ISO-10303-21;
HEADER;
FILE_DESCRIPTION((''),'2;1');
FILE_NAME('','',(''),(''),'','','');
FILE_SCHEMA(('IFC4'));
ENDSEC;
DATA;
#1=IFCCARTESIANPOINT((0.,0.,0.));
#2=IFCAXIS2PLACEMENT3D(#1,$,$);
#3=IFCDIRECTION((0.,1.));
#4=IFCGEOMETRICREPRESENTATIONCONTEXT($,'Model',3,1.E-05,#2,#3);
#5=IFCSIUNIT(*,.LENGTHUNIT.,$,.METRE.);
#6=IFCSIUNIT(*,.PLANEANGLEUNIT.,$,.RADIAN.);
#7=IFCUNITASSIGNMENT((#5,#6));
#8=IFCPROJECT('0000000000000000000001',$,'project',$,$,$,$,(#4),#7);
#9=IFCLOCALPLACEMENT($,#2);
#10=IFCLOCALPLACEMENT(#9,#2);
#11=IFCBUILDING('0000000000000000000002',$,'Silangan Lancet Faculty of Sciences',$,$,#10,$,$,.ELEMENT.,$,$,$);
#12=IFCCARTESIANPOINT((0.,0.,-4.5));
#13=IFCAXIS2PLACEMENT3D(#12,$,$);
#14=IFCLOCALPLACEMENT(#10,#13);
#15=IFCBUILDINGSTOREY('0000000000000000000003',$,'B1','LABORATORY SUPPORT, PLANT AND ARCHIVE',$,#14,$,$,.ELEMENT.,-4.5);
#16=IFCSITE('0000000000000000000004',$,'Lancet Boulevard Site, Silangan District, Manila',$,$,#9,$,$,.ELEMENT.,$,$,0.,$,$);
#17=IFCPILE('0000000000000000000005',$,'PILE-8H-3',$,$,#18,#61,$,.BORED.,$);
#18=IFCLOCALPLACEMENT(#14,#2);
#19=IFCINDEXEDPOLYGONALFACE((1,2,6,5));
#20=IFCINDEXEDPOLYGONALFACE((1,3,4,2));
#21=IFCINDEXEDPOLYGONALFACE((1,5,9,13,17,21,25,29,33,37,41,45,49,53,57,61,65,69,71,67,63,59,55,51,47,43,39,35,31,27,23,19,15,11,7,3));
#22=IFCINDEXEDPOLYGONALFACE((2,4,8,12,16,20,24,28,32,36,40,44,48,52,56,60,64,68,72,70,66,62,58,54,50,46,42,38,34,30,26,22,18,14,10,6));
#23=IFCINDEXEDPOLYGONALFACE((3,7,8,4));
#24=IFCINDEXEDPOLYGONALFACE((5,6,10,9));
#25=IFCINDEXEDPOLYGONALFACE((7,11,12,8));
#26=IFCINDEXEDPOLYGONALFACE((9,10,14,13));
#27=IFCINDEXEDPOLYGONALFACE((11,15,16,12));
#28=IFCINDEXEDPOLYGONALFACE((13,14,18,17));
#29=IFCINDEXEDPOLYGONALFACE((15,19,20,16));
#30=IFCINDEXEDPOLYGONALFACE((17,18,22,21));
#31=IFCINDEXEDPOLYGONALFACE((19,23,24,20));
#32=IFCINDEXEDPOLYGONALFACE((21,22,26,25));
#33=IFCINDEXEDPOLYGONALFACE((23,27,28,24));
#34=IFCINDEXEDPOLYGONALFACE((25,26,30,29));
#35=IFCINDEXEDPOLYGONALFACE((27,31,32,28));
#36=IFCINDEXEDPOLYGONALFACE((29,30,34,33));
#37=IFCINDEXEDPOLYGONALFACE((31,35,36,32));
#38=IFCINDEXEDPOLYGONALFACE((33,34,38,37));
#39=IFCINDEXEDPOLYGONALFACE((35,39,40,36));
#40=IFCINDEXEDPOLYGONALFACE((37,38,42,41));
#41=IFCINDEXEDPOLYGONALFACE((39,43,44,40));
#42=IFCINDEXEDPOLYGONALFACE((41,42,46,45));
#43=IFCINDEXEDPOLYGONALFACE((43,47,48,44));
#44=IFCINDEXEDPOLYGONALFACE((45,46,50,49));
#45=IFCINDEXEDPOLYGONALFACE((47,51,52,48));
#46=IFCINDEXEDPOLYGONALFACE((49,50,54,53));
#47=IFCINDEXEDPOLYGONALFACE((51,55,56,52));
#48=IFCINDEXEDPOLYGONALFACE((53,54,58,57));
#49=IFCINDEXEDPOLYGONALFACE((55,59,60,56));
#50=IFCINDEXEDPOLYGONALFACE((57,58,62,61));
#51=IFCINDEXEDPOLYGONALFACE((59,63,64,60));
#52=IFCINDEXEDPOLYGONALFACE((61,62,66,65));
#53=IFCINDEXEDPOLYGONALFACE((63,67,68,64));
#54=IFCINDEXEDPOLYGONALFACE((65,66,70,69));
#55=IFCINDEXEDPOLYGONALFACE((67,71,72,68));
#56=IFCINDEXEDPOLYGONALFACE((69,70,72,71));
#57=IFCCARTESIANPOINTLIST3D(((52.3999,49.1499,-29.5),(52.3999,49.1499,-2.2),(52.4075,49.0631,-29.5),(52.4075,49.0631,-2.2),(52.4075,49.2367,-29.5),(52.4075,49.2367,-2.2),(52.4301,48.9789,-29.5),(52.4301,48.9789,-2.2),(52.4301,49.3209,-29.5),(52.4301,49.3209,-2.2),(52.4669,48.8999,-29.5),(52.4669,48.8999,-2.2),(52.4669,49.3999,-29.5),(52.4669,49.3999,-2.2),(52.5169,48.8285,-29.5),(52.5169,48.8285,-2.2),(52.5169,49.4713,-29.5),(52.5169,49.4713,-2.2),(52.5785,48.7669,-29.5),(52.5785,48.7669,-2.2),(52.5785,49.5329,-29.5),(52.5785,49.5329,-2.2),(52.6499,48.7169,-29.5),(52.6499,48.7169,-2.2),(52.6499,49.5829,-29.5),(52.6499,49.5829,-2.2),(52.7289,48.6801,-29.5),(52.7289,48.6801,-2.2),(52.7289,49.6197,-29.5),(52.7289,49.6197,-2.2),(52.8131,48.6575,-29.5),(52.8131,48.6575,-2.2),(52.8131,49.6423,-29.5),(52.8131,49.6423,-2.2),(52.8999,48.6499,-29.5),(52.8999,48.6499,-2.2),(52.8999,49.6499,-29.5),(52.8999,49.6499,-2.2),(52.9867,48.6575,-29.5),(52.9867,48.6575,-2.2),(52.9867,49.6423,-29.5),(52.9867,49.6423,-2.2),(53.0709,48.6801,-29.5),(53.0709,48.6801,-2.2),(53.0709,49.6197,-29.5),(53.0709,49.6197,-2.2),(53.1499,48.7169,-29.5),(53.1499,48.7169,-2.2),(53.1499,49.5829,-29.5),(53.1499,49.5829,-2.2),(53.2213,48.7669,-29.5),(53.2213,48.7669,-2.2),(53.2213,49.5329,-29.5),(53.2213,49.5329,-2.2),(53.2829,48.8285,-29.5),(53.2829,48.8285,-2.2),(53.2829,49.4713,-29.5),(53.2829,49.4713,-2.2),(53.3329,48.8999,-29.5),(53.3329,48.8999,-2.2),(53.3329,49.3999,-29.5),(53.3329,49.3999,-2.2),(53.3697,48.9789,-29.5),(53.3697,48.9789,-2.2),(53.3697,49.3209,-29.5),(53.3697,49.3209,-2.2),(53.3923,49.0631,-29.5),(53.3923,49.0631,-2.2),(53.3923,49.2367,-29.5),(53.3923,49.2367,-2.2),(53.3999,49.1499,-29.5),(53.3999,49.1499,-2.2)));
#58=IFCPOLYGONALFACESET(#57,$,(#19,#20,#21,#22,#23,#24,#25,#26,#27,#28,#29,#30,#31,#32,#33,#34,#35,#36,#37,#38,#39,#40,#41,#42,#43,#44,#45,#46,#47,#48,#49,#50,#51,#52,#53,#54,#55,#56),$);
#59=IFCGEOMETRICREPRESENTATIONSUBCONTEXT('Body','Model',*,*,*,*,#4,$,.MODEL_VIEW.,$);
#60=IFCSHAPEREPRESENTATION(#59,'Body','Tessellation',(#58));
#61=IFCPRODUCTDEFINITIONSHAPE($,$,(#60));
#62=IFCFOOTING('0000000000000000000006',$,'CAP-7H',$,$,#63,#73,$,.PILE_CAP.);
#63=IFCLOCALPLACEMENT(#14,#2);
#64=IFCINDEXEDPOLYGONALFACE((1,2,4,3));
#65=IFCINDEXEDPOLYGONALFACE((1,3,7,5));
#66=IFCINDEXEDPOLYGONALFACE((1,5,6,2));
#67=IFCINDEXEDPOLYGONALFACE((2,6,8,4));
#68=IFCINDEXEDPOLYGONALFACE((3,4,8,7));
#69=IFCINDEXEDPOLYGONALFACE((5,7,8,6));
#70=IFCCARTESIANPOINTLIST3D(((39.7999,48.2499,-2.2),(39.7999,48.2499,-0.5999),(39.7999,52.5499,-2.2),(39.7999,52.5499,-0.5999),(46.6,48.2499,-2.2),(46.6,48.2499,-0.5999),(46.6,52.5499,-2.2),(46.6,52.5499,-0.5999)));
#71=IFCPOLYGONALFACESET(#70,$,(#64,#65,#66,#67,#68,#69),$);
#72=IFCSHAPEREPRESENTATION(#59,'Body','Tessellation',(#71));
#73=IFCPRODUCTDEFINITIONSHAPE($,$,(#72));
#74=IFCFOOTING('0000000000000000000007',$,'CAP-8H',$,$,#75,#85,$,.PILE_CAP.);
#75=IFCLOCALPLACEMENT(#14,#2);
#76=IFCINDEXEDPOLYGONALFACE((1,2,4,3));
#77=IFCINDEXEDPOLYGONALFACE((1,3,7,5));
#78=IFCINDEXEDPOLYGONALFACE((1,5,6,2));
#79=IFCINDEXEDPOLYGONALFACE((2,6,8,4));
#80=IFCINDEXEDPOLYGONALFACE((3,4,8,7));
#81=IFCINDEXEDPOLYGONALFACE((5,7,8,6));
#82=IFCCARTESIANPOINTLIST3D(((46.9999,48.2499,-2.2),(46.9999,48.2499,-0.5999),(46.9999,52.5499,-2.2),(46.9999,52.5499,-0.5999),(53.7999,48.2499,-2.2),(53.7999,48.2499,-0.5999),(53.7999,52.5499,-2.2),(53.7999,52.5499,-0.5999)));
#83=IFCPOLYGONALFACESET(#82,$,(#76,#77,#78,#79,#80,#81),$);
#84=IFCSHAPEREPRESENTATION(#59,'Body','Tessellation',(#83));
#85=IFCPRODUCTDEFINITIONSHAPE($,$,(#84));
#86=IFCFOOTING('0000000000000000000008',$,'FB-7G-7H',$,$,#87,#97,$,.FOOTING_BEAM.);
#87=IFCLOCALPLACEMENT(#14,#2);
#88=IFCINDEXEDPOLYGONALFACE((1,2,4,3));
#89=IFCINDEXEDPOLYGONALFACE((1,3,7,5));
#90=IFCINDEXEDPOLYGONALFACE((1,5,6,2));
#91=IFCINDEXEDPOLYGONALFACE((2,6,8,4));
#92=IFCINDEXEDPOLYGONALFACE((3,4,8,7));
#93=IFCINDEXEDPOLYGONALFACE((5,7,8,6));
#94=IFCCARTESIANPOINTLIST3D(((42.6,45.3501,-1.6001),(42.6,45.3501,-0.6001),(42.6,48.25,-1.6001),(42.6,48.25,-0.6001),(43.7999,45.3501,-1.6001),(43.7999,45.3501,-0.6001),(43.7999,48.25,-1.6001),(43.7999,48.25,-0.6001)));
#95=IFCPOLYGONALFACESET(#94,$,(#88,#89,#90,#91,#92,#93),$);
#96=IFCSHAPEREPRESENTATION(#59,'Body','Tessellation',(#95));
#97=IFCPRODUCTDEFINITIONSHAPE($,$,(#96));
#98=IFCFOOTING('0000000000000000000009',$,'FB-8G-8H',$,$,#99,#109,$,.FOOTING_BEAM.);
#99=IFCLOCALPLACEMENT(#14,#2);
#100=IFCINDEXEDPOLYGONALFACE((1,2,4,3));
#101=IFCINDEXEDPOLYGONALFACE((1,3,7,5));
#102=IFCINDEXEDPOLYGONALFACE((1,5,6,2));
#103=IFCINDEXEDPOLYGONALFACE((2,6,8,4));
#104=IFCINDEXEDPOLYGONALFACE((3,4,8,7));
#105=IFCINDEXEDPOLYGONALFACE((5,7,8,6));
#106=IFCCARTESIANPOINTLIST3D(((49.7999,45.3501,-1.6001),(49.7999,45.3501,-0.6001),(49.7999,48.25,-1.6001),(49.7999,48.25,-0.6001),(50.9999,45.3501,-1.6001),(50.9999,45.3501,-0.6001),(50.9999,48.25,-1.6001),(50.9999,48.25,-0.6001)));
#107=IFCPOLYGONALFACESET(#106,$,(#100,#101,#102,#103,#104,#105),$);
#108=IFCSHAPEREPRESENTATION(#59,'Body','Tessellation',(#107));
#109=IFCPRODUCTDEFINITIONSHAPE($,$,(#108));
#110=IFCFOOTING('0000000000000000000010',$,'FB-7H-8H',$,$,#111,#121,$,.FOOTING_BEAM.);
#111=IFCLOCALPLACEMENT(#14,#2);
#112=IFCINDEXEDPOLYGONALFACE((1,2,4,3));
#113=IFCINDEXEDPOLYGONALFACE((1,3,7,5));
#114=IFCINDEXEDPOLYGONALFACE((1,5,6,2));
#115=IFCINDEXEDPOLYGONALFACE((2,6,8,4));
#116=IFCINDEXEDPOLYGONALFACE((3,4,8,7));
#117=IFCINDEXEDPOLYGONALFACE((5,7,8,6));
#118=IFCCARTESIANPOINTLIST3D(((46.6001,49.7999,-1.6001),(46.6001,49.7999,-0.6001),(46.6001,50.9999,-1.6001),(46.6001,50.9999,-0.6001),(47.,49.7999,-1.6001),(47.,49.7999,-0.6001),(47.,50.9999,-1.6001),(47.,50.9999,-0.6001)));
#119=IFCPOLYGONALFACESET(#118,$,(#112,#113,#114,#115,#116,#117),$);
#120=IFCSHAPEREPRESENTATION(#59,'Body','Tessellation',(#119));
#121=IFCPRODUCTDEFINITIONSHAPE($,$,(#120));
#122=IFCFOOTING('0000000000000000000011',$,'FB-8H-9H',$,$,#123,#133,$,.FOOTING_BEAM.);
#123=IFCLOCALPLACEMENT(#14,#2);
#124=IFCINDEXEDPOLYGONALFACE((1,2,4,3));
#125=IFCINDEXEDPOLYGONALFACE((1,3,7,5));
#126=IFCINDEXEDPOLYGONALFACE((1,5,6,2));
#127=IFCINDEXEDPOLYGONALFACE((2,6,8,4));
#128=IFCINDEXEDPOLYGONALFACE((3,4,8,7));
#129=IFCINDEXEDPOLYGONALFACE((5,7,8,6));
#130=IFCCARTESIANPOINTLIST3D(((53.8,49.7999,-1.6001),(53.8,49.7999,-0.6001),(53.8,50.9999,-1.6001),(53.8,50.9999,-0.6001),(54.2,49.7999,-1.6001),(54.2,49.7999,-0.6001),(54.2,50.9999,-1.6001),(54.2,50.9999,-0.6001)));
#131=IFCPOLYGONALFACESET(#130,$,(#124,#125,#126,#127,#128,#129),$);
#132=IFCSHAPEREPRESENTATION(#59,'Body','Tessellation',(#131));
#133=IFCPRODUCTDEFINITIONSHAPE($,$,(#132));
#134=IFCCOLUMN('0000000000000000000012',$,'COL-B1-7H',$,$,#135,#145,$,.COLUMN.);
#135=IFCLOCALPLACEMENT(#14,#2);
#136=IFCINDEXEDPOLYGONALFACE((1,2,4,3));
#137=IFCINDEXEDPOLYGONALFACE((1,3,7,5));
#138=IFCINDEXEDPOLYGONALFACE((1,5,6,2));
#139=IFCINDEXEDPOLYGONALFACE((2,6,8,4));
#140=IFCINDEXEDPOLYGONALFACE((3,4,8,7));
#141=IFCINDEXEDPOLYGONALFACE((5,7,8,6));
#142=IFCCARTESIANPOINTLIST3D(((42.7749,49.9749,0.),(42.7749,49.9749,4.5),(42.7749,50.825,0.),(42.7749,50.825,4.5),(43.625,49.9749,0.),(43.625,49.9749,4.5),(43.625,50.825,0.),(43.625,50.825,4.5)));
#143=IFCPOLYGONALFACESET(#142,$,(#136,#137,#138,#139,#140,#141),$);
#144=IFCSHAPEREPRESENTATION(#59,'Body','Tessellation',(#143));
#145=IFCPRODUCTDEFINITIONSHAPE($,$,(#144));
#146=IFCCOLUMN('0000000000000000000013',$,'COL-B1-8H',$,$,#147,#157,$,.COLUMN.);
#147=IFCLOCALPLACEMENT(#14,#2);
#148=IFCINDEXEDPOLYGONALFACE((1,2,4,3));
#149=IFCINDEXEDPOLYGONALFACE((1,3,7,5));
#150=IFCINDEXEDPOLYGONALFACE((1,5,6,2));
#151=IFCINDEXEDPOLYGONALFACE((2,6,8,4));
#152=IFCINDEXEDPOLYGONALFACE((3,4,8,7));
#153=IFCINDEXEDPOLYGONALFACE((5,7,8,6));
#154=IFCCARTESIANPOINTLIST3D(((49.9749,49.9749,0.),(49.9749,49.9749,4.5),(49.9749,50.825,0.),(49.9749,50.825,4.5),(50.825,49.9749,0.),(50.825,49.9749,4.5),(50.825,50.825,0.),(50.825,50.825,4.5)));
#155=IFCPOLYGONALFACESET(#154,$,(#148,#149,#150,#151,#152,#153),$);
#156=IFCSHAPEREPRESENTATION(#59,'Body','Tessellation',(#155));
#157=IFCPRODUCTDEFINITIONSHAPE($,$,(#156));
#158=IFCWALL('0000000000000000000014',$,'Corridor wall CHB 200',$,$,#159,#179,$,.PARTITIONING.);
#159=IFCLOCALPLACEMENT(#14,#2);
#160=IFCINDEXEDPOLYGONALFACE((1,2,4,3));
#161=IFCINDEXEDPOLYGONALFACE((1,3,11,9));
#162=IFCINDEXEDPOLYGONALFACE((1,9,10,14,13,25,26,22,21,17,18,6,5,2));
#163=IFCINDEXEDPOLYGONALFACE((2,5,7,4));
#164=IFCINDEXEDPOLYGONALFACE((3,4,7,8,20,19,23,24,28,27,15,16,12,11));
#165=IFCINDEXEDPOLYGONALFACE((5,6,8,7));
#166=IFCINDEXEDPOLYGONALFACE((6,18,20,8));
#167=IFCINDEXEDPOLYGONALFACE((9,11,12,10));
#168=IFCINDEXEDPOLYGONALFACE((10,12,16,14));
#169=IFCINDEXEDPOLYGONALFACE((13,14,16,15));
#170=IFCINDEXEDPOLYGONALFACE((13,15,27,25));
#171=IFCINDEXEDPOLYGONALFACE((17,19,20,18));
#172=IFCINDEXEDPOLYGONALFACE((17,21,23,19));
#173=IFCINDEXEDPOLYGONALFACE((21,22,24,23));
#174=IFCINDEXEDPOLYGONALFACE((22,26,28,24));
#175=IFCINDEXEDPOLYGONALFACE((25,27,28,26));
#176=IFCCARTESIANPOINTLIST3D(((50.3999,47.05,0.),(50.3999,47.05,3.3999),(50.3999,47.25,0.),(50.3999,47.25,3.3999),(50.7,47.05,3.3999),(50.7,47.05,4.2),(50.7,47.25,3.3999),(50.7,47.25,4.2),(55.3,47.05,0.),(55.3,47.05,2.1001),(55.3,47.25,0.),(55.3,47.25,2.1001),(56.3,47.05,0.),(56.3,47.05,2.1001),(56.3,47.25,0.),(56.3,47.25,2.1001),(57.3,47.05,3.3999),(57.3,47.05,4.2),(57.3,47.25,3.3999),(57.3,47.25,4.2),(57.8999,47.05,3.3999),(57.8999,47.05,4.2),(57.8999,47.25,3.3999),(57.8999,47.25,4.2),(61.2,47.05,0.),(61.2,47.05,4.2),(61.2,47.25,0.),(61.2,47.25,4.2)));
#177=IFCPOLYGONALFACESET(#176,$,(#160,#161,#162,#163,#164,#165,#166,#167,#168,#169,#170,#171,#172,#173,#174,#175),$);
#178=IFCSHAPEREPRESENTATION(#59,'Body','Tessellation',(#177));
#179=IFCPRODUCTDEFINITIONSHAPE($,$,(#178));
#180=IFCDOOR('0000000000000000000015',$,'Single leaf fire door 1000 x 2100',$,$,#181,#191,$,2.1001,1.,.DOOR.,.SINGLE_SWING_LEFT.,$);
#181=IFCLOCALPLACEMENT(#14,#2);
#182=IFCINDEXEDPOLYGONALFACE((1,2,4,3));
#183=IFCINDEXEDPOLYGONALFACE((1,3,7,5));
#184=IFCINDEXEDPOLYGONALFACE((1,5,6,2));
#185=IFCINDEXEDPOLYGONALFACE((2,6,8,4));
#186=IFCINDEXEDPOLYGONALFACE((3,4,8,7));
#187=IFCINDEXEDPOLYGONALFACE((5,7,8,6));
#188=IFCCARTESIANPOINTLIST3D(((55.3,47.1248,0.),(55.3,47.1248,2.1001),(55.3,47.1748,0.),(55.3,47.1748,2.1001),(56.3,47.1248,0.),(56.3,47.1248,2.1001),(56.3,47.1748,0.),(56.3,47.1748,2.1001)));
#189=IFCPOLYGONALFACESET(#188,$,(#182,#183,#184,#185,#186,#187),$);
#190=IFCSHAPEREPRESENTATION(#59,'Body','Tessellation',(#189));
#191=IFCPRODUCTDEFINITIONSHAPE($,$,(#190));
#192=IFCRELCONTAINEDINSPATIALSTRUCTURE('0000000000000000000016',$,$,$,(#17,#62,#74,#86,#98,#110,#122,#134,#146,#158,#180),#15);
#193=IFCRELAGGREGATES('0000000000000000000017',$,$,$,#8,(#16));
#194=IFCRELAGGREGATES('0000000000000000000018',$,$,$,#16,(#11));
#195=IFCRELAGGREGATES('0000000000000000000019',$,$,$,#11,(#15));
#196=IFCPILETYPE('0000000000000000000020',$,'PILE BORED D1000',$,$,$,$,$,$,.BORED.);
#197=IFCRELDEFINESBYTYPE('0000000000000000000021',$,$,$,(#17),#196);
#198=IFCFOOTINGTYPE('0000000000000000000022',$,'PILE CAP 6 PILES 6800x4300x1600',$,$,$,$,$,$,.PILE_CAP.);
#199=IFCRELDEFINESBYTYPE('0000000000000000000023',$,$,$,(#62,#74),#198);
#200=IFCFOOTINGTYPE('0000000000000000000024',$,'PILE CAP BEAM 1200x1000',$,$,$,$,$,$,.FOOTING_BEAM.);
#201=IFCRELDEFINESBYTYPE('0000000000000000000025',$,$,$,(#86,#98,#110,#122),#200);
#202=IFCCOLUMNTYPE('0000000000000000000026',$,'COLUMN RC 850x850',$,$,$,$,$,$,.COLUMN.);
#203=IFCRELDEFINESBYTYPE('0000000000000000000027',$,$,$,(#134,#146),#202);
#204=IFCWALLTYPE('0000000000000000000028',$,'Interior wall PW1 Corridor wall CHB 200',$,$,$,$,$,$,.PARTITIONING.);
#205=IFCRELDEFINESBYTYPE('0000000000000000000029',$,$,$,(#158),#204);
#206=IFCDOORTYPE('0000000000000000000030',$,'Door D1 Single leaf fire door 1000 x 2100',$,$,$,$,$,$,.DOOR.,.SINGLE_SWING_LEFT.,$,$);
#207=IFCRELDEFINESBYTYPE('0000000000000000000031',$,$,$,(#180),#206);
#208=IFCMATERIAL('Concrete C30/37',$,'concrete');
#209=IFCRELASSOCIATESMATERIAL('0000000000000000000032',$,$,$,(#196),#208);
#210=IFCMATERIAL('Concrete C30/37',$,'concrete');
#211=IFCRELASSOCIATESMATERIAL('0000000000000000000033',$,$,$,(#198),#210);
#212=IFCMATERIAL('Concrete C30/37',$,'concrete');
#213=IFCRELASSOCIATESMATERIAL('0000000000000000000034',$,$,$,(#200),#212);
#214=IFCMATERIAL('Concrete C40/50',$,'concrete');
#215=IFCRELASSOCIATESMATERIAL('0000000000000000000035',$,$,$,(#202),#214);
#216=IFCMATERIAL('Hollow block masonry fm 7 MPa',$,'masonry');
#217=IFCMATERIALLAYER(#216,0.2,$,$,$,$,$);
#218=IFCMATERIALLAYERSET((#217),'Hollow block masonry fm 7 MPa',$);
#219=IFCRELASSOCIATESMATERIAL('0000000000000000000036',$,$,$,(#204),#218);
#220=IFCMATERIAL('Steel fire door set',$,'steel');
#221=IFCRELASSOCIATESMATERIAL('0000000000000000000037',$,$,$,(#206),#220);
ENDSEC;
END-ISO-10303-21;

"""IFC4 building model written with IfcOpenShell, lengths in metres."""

from ifc_helpers import new_model, si_unit, direction, frame, frame_2d, origin, origin_2d, place, context, subcontext, project, spatial, polyline, rectangle, circle, outline, extrude, material, layer, layer_set, material_profile, profile_set, type_object, element, fill, save


model = new_model("IFC4")

# Units and contexts
model_context = context("Model", 3, precision=1e-05, world=origin(), true_north=direction((0.0, 1.0)))
body_context = subcontext(model_context, "Body", "Model", "MODEL_VIEW")
ifc_project = project(units=[si_unit("LENGTHUNIT", "METRE"), si_unit("PLANEANGLEUNIT", "RADIAN")], contexts=[model_context])

# Site, building, storey
site_placement = place(None, origin())
site = spatial("IfcSite", under=ifc_project, at=site_placement, Name="Lancet Boulevard Site, Silangan District, Manila", CompositionType="ELEMENT", RefElevation=0.0)
building_placement = place(site_placement, origin())
building = spatial("IfcBuilding", under=site, at=building_placement, Name="Silangan Lancet Faculty of Sciences", CompositionType="ELEMENT")
storey_placement = place(building_placement, frame((0.0, 0.0, -4.5)))
storey = spatial("IfcBuildingStorey", under=building, at=storey_placement, Name="B1", Description="LABORATORY SUPPORT, PLANT AND ARCHIVE", CompositionType="ELEMENT", Elevation=-4.5)

# Pile
ifc_material_1 = material(Name="Concrete C30/37", Category="concrete")
ifc_material_profile_1 = material_profile(ifc_material_1, circle(Radius=0.5, at=origin_2d()), Name="BORED PILE D1000")
ifc_profile_set_1 = profile_set([ifc_material_profile_1], Name="Concrete C30/37")
pile_type = type_object("IfcPileType", Name="PILE BORED D1000", PredefinedType="BORED", material=ifc_profile_set_1)
for number, where, z_axis, x_axis, name in (
    (1, (52.8999, 49.1499, -2.2), (0.0, 0.0, -1.0), (1.0, 0.0, 0.0), "PILE-8H-3"),
):
    element("IfcPile", number, at=place(storey_placement, frame(where, z_axis=z_axis, x_axis=x_axis)), inside=storey, type_object=pile_type, Name=name, PredefinedType="BORED", context=body_context, shape_type="SweptSolid", body=[
        extrude(circle(Radius=0.5, at=origin_2d()), origin(), (0.0, 0.0, 1.0), 27.3),
    ])

# Footings
ifc_material_2 = material(Name="Concrete C30/37", Category="concrete")
footing_type_1 = type_object("IfcFootingType", Name="PILE CAP 6 PILES 6800x4300x1600", PredefinedType="PILE_CAP", material=ifc_material_2)
for number, where, z_axis, x_axis, name in (
    (2, (43.2, 50.3999, -2.2), (0.0, 0.0, 1.0), (1.0, 0.0, 0.0), "CAP-7H"),
    (3, (50.3999, 50.3999, -2.2), (0.0, 0.0, 1.0), (1.0, 0.0, 0.0), "CAP-8H"),
):
    element("IfcFooting", number, at=place(storey_placement, frame(where, z_axis=z_axis, x_axis=x_axis)), inside=storey, type_object=footing_type_1, Name=name, PredefinedType="PILE_CAP", context=body_context, shape_type="SweptSolid", body=[
        extrude(rectangle(XDim=6.8, YDim=4.3, at=origin_2d()), origin(), (0.0, 0.0, 1.0), 1.6001),
    ])
ifc_material_3 = material(Name="Concrete C30/37", Category="concrete")
footing_type_2 = type_object("IfcFootingType", Name="PILE CAP BEAM 1200x1000", PredefinedType="FOOTING_BEAM", material=ifc_material_3)
for number, where, z_axis, x_axis, name in (
    (4, (43.2, 46.8, -1.6001), (0.0, 0.0, 1.0), (0.0, 1.0, 0.0), "FB-7G-7H"),
    (5, (50.3999, 46.8, -1.6001), (0.0, 0.0, 1.0), (0.0, 1.0, 0.0), "FB-8G-8H"),
):
    element("IfcFooting", number, at=place(storey_placement, frame(where, z_axis=z_axis, x_axis=x_axis)), inside=storey, type_object=footing_type_2, Name=name, PredefinedType="FOOTING_BEAM", context=body_context, shape_type="SweptSolid", body=[
        extrude(rectangle(XDim=2.8999, YDim=1.2, at=origin_2d()), origin(), (0.0, 0.0, 1.0), 1.0),
    ])
for number, where, z_axis, x_axis, name in (
    (6, (46.8, 50.3999, -1.6001), (0.0, 0.0, 1.0), (1.0, 0.0, 0.0), "FB-7H-8H"),
    (7, (54.0, 50.3999, -1.6001), (0.0, 0.0, 1.0), (1.0, 0.0, 0.0), "FB-8H-9H"),
):
    element("IfcFooting", number, at=place(storey_placement, frame(where, z_axis=z_axis, x_axis=x_axis)), inside=storey, type_object=footing_type_2, Name=name, PredefinedType="FOOTING_BEAM", context=body_context, shape_type="SweptSolid", body=[
        extrude(rectangle(XDim=0.3999, YDim=1.2, at=origin_2d()), origin(), (0.0, 0.0, 1.0), 1.0),
    ])

# Columns
ifc_material_4 = material(Name="Concrete C40/50", Category="concrete")
ifc_material_profile_2 = material_profile(ifc_material_4, rectangle(XDim=0.8501, YDim=0.8501, at=origin_2d()), Name="RC 850x850")
ifc_profile_set_2 = profile_set([ifc_material_profile_2], Name="Concrete C40/50")
column_type = type_object("IfcColumnType", Name="COLUMN RC 850x850", PredefinedType="COLUMN", material=ifc_profile_set_2)
for number, where, z_axis, x_axis, name in (
    (8, (43.2, 50.3999, 0.0), (0.0, 0.0, 1.0), (1.0, 0.0, 0.0), "COL-B1-7H"),
    (9, (50.3999, 50.3999, 0.0), (0.0, 0.0, 1.0), (1.0, 0.0, 0.0), "COL-B1-8H"),
):
    element("IfcColumn", number, at=place(storey_placement, frame(where, z_axis=z_axis, x_axis=x_axis)), inside=storey, type_object=column_type, Name=name, PredefinedType="COLUMN", context=body_context, shape_type="SweptSolid", body=[
        extrude(rectangle(XDim=0.8501, YDim=0.8501, at=origin_2d()), origin(), (0.0, 0.0, 1.0), 4.5),
    ])

# Wall, opening, door
ifc_material_5 = material(Name="Hollow block masonry fm 7 MPa", Category="masonry")
ifc_layer_1 = layer(ifc_material_5, 0.2)
ifc_layer_set_1 = layer_set([ifc_layer_1], Name="Hollow block masonry fm 7 MPa")
wall_type_1 = type_object("IfcWallType", Name="Interior wall PW1 Corridor wall CHB 200", PredefinedType="PARTITIONING", material=ifc_layer_set_1)
wall_1_placement = place(storey_placement, frame((50.3999, 47.1499, 0.0), z_axis=(0.0, 0.0, 1.0), x_axis=(1.0, 0.0, 0.0)))
wall_1 = element("IfcWall", 10, at=wall_1_placement, inside=storey, type_object=wall_type_1, Name="Corridor wall CHB 200", PredefinedType="PARTITIONING", context=body_context, shape_type="SweptSolid", body=[
    extrude(outline(polyline([(0.0, 0.0), (10.8, 0.0), (10.8, 4.2), (7.5, 4.2), (7.5, 3.3999), (6.9001, 3.3999), (6.9001, 4.2), (0.3, 4.2), (0.3, 3.3999), (0.0, 3.3999), (0.0, 0.0)])), frame((0.0, 0.1001, 0.0), z_axis=(0.0, -1.0, 0.0), x_axis=(1.0, 0.0, 0.0)), (0.0, 0.0, 1.0), 0.2),
])
opening_1_placement = place(wall_1_placement, frame((4.9001, 0.0, 0.0)))
opening_1 = element("IfcOpeningElement", 11, at=opening_1_placement, cuts=wall_1, PredefinedType="OPENING", context=body_context, shape_type="SweptSolid", body=[
    extrude(rectangle(XDim=1.0, YDim=2.1001, at=frame_2d((0.5, 1.05))), frame((0.0, 0.1099, 0.0), z_axis=(0.0, -1.0, 0.0), x_axis=(1.0, 0.0, 0.0)), (0.0, 0.0, 1.0), 0.22),
])
ifc_material_6 = material(Name="Steel fire door set", Category="steel")
door_type_1 = type_object("IfcDoorType", Name="Door D1 Single leaf fire door 1000 x 2100", OperationType="SINGLE_SWING_LEFT", PredefinedType="DOOR", material=ifc_material_6)
door_1_placement = place(opening_1_placement, frame((1.0, 0.0, 0.0), z_axis=(0.0, 0.0, 1.0), x_axis=(-1.0, 0.0, 0.0)))
door_1 = element("IfcDoor", 12, at=door_1_placement, inside=storey, type_object=door_type_1, Name="Single leaf fire door 1000 x 2100", OperationType="SINGLE_SWING_LEFT", OverallHeight=2.1001, OverallWidth=1.0, PredefinedType="DOOR", context=body_context, shape_type="SweptSolid", body=[
    extrude(rectangle(XDim=1.0, YDim=2.1001, at=frame_2d((0.5, 1.05))), frame((0.0, 0.0251, 0.0), z_axis=(0.0, -1.0, 0.0), x_axis=(1.0, 0.0, 0.0)), (0.0, 0.0, 1.0), 0.05),
])
fill(opening_1, door_1)

save(model, "model.ifc")
